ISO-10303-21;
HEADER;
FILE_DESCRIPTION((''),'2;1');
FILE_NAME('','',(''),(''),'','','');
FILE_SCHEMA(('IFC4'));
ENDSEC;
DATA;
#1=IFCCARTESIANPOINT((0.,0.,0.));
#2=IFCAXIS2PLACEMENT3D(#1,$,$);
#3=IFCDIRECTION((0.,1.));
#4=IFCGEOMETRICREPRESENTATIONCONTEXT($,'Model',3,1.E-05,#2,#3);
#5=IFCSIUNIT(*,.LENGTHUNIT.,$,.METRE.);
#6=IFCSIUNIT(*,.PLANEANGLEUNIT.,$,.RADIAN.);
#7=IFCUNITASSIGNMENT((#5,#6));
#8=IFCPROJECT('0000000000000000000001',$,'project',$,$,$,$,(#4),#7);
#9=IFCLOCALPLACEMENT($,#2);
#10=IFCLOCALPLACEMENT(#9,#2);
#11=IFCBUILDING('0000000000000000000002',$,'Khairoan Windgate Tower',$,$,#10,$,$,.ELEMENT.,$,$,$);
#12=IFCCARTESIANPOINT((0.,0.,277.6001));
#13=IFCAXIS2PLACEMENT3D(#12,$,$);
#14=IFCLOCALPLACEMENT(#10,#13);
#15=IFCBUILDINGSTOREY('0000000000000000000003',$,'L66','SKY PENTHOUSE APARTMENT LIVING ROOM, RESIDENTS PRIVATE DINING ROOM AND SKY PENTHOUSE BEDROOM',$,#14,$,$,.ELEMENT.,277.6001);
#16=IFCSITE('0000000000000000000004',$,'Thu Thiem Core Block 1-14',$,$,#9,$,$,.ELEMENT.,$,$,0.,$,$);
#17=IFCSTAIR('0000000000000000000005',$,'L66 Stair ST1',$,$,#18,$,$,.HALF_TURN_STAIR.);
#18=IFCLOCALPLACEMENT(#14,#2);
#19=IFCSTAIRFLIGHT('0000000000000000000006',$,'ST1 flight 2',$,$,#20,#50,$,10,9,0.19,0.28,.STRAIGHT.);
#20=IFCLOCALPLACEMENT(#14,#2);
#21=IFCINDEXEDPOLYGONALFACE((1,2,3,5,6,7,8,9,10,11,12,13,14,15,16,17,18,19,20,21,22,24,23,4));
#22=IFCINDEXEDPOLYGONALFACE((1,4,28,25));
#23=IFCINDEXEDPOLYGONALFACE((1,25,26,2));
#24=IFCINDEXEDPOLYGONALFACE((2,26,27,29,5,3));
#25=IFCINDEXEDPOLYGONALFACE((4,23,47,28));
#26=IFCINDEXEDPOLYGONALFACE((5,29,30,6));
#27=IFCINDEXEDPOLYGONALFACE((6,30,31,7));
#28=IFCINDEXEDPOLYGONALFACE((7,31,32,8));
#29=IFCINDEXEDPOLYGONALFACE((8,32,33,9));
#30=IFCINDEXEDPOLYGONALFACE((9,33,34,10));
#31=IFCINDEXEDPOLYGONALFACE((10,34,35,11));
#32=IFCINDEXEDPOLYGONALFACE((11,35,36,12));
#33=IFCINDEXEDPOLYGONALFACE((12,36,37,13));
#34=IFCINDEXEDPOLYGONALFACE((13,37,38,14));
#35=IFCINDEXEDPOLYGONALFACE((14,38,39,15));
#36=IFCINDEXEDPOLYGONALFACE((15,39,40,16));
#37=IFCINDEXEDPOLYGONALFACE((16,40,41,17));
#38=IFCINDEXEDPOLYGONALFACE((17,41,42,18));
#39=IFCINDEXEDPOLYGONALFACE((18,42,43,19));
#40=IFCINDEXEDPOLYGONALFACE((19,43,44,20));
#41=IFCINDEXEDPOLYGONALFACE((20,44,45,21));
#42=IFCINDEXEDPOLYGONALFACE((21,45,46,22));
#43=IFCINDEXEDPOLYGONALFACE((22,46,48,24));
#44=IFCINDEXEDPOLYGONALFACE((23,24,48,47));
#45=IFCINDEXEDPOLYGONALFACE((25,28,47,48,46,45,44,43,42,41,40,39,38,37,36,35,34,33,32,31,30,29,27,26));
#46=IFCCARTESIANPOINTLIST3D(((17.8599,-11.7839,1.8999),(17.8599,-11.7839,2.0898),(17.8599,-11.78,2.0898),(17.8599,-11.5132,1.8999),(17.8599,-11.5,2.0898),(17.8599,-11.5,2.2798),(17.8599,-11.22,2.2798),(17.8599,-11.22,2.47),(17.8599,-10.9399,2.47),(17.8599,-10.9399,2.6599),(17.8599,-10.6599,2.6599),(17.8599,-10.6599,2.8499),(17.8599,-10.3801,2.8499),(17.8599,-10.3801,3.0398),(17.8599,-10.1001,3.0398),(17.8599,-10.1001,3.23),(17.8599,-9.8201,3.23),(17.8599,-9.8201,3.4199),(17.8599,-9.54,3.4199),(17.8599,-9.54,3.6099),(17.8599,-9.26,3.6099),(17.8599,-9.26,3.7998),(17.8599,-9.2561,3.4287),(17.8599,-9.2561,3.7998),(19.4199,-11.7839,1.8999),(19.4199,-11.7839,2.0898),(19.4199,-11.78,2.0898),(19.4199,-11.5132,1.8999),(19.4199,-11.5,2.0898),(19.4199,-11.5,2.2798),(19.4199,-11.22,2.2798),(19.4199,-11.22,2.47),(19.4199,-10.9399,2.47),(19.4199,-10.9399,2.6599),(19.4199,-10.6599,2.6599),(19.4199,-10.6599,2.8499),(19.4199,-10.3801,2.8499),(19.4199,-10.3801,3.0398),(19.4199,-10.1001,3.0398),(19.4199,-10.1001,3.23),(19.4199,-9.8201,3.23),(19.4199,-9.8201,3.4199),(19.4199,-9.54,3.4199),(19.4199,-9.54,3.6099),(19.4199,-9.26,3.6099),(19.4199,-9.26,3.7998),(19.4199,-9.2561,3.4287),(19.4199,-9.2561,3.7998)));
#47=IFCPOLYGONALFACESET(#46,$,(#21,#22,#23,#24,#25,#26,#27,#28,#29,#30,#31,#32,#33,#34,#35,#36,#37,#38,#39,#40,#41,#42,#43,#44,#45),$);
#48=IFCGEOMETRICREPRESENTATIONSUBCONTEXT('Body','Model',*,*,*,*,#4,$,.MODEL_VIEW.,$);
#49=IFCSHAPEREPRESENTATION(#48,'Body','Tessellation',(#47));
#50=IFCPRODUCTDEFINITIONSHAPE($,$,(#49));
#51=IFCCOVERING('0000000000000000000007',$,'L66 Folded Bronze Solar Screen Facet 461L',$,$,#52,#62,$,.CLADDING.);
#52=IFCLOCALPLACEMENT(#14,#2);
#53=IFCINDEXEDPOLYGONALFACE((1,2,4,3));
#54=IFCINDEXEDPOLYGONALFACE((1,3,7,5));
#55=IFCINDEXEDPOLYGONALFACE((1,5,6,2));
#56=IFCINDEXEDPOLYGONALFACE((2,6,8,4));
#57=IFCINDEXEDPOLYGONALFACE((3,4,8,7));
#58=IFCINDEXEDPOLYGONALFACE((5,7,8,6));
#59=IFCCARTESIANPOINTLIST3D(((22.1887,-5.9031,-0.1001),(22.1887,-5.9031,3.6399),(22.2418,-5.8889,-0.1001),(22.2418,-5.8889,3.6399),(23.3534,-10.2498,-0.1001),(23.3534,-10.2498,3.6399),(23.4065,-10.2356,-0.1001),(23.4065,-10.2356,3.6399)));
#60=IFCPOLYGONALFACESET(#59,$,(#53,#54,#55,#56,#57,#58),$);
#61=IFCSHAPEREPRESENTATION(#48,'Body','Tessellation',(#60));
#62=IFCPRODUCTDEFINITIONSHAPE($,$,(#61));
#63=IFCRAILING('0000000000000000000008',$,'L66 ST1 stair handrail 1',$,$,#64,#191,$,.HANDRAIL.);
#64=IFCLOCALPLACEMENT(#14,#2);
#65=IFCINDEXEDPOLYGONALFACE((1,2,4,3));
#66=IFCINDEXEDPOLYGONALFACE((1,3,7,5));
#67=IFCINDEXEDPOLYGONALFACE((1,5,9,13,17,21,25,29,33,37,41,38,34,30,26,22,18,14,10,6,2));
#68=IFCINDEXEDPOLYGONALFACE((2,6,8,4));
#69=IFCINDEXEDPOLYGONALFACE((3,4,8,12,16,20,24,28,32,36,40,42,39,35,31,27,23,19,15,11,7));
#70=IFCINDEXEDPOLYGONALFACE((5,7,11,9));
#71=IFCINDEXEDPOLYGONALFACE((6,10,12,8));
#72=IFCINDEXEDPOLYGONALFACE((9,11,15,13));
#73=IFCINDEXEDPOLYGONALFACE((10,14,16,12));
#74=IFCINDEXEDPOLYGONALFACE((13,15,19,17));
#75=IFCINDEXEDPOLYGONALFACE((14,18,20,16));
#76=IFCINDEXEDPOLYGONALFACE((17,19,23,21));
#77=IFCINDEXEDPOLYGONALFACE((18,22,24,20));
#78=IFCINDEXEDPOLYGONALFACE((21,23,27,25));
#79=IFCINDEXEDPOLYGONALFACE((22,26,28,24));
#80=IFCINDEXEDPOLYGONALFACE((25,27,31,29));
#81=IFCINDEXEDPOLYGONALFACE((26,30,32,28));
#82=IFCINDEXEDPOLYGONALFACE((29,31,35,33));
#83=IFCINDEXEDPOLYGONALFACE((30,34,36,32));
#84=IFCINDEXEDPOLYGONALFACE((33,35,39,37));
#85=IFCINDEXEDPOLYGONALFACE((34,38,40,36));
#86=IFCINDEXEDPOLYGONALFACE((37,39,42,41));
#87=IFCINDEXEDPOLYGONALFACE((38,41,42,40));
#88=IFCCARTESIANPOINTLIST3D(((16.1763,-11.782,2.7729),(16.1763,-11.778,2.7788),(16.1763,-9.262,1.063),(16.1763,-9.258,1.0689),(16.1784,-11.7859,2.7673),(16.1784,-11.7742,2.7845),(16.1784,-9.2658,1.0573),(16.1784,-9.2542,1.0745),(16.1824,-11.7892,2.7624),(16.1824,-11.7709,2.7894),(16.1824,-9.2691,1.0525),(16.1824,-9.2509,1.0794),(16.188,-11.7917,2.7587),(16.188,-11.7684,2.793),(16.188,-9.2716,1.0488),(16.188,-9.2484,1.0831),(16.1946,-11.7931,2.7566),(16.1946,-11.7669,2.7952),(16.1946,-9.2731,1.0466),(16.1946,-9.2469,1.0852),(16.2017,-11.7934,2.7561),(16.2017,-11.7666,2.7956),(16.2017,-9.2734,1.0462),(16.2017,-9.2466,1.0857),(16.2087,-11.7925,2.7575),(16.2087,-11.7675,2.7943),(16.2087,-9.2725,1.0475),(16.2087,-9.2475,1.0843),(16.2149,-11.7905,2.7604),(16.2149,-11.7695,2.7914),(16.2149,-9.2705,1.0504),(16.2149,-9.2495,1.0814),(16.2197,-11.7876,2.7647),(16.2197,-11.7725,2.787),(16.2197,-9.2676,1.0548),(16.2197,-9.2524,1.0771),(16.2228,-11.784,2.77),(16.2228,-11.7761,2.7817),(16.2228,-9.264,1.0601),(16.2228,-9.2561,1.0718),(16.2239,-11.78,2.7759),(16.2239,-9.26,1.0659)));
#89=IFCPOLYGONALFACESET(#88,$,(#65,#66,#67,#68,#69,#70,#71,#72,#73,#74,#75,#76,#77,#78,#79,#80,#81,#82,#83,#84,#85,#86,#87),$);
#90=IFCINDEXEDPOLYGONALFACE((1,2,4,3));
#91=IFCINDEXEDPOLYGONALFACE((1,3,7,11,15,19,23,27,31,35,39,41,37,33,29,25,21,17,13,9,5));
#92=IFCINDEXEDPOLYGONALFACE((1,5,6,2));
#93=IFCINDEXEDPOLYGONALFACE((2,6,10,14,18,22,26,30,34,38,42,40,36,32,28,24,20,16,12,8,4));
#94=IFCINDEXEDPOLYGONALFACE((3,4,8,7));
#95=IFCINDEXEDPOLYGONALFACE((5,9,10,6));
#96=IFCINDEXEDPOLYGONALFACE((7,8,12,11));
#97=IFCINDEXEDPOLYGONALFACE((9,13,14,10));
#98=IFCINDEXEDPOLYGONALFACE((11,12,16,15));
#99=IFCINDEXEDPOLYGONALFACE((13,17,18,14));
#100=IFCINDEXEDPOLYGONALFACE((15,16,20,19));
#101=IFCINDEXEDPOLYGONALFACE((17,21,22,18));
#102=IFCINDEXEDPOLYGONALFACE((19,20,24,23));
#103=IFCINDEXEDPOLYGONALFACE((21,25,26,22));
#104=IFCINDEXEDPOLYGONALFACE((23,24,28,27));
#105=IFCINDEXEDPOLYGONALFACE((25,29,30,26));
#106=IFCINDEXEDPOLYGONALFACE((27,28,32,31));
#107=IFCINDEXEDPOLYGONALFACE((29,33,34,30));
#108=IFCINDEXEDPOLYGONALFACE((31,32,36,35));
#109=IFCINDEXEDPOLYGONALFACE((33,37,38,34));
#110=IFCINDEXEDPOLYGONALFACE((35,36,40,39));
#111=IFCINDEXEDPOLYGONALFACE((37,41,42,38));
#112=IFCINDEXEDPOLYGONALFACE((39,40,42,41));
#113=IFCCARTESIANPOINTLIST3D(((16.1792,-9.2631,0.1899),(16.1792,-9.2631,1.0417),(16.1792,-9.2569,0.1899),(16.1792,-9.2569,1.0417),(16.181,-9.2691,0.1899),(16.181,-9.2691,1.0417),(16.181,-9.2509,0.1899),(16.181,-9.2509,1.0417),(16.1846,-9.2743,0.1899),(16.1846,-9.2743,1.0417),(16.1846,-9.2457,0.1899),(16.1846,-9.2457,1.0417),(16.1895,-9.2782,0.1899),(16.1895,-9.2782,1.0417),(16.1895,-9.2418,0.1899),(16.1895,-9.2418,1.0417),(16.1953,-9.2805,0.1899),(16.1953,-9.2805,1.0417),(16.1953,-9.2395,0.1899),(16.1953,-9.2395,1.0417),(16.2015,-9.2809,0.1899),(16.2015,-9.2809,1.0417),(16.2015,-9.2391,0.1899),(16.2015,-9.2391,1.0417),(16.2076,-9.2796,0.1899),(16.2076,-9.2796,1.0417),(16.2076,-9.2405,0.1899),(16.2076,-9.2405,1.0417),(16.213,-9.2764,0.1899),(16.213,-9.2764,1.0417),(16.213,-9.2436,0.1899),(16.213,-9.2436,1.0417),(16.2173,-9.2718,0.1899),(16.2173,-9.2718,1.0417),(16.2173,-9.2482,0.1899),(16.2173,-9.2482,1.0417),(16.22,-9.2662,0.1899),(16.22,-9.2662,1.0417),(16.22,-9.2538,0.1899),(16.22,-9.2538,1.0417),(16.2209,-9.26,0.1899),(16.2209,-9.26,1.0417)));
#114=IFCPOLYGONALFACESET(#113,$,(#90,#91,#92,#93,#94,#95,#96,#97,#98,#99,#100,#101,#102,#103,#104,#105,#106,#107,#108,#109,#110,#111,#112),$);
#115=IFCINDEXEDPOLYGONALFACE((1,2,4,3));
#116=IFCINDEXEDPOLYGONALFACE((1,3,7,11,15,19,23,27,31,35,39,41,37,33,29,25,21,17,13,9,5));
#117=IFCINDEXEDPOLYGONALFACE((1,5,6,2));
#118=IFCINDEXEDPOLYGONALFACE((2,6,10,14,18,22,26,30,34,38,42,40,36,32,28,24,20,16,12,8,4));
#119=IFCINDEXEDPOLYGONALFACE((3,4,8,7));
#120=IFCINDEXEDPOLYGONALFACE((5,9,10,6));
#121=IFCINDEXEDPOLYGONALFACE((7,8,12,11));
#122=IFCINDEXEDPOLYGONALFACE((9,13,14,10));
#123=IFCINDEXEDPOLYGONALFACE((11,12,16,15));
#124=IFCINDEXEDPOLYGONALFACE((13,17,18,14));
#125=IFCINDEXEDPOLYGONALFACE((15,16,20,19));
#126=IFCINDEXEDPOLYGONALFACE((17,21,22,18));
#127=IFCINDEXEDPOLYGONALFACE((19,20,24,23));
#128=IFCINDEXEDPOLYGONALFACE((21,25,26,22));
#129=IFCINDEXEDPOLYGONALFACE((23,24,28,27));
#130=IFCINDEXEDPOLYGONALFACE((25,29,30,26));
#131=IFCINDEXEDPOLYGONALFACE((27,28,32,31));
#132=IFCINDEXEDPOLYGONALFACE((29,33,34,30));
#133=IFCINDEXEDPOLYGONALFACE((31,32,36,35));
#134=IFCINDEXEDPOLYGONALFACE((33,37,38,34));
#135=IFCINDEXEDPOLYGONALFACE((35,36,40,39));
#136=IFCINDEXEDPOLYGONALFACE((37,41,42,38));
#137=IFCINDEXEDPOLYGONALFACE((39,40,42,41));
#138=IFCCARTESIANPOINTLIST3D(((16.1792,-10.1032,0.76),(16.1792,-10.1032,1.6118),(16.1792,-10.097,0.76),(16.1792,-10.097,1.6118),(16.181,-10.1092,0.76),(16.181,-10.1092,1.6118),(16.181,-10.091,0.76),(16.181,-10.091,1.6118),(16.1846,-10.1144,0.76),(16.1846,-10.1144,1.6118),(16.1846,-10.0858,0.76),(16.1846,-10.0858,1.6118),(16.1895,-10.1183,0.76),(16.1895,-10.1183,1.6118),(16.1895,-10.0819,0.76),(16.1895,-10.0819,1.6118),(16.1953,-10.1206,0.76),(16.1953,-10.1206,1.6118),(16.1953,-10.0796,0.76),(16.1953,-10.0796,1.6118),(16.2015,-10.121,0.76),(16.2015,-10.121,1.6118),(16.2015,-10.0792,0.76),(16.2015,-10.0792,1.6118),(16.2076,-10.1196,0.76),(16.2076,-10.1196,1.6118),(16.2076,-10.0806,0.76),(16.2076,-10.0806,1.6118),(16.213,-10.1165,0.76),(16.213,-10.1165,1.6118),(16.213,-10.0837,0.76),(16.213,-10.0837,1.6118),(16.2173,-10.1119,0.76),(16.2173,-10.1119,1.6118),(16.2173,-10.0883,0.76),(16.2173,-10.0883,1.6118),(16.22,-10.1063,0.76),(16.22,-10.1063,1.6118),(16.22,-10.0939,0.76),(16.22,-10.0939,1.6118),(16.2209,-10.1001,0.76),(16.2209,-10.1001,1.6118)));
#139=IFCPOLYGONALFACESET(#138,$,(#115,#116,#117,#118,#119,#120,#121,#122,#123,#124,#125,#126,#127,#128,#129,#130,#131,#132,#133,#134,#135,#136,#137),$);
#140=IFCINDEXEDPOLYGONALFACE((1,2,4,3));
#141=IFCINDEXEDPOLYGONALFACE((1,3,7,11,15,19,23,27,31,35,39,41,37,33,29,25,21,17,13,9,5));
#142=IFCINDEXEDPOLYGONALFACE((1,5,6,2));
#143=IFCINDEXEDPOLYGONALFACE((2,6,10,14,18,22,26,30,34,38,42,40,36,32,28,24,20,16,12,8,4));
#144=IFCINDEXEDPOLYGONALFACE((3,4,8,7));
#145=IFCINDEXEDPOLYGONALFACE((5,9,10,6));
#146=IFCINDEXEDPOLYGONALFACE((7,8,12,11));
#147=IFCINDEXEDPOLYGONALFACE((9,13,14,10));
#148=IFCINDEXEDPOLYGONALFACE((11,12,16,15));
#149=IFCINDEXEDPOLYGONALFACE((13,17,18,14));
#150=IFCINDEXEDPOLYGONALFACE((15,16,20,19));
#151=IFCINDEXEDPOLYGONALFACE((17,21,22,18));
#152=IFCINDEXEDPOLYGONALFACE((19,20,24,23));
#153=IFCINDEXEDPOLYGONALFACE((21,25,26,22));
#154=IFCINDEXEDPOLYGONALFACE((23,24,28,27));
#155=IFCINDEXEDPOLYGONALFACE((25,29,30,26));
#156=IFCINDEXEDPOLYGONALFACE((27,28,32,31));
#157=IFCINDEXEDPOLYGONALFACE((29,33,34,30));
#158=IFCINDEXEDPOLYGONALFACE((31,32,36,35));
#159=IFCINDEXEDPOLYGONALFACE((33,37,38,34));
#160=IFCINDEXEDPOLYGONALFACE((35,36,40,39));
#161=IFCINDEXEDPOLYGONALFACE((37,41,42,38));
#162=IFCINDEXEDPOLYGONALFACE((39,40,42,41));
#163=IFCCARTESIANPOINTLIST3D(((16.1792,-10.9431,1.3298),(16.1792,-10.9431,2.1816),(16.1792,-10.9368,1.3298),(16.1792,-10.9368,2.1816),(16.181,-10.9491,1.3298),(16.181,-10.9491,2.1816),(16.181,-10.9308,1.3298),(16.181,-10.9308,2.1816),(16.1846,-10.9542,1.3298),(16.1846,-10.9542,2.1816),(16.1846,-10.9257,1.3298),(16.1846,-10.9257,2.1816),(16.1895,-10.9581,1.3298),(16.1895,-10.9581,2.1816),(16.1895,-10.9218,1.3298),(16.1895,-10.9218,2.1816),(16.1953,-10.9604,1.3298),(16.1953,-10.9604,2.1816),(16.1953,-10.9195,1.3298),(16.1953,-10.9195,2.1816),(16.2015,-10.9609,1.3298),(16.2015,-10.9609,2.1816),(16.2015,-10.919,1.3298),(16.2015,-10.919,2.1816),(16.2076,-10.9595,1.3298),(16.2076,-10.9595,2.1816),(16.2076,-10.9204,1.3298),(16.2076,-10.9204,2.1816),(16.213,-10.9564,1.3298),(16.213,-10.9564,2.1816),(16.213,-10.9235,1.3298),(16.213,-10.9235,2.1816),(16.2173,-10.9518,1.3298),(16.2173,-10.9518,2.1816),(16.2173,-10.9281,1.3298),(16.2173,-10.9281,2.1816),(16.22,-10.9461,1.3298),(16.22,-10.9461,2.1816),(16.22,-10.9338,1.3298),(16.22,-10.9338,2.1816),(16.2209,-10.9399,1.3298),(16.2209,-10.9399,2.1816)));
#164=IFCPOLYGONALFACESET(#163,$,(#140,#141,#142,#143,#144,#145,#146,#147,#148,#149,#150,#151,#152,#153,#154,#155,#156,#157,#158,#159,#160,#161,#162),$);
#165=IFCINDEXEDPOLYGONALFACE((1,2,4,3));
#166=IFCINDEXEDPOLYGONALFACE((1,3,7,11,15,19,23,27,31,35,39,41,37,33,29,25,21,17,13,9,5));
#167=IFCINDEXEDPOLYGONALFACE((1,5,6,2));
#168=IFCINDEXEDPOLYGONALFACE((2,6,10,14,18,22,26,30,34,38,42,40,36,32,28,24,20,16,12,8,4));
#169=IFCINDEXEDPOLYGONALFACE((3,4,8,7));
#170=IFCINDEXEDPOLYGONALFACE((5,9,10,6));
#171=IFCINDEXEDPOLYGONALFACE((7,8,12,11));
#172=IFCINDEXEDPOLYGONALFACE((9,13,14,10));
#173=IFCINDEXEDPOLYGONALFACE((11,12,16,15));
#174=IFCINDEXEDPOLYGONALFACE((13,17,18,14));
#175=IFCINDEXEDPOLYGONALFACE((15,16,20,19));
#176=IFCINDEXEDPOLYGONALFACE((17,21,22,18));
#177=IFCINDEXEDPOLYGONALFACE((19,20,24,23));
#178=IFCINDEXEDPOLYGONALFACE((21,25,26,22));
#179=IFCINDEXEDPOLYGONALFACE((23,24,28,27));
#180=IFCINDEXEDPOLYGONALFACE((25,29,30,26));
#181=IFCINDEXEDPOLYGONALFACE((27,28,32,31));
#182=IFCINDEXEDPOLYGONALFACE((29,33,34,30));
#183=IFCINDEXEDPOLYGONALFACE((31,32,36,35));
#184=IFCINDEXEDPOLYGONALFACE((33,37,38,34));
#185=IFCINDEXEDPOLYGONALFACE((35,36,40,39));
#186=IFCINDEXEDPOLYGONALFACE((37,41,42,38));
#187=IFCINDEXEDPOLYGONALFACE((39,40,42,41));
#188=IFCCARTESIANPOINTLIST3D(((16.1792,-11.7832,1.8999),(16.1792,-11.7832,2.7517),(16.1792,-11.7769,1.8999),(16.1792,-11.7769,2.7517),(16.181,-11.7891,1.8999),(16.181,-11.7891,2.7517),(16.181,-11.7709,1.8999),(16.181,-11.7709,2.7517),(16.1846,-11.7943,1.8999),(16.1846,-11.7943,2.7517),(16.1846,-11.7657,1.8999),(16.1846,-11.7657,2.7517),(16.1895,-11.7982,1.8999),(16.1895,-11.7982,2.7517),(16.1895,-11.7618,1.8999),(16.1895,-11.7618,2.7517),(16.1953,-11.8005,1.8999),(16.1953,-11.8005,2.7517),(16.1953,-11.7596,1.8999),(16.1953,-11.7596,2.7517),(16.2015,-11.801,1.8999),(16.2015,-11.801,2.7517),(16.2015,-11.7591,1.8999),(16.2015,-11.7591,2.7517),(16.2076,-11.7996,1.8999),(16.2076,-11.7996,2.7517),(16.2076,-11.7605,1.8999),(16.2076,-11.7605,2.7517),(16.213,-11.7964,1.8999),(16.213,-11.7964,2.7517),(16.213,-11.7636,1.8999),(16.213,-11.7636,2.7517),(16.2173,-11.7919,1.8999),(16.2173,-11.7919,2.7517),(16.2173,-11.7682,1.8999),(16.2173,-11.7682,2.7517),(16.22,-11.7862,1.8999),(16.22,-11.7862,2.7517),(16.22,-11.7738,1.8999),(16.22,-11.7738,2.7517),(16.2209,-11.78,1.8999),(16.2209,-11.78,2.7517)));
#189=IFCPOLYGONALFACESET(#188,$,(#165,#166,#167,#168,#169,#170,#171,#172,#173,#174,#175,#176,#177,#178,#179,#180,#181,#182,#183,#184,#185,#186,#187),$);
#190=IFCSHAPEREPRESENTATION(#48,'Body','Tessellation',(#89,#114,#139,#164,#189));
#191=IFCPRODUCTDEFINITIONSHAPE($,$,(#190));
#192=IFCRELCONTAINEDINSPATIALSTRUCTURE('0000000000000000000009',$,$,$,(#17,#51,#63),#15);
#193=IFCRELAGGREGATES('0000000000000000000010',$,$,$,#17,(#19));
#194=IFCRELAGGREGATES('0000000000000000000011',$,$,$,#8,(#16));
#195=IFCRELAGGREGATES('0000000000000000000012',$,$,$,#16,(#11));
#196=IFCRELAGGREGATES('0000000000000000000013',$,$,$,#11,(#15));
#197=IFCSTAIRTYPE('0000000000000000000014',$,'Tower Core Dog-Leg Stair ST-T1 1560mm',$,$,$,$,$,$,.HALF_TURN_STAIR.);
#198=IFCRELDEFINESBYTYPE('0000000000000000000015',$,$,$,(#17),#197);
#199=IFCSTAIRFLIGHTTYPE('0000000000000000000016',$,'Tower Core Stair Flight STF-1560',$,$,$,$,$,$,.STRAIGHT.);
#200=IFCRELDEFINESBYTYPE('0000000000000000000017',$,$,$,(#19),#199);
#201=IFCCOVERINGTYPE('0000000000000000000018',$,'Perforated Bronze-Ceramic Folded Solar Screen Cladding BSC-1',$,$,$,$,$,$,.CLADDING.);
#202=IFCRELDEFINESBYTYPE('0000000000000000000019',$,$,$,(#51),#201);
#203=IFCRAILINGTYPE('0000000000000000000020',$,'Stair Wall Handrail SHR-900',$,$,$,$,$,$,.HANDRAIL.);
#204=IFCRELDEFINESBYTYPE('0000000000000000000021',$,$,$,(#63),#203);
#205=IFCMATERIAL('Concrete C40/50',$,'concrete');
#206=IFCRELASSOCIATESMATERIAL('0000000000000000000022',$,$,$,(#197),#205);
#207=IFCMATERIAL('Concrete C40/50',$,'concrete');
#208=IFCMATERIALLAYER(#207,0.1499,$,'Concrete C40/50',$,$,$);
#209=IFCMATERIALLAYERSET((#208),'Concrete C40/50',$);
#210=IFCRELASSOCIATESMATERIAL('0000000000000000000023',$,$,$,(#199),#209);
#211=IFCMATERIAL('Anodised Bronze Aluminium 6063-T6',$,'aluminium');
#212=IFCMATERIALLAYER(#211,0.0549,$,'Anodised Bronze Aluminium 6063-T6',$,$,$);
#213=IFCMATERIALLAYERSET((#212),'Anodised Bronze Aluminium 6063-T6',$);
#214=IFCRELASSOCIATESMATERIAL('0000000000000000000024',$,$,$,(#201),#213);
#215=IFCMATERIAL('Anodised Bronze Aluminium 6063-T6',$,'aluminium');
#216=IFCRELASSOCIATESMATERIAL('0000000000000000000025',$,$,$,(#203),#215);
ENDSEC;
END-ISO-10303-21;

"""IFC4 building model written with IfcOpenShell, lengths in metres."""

from ifc_helpers import new_model, si_unit, direction, frame, origin, origin_2d, place, context, subcontext, project, spatial, polyline, rectangle, circle, outline, extrude, material, layer, layer_set, type_object, element, aggregate, save


model = new_model("IFC4")

# Units and contexts
model_context = context("Model", 3, precision=1e-05, world=origin(), true_north=direction((0.0, 1.0)))
body_context = subcontext(model_context, "Body", "Model", "MODEL_VIEW")
ifc_project = project(units=[si_unit("LENGTHUNIT", "METRE"), si_unit("PLANEANGLEUNIT", "RADIAN")], contexts=[model_context])

# Site, building, storey
site_placement = place(None, origin())
site = spatial("IfcSite", under=ifc_project, at=site_placement, Name="Thu Thiem Core Block 1-14", CompositionType="ELEMENT", RefElevation=0.0)
building_placement = place(site_placement, origin())
building = spatial("IfcBuilding", under=site, at=building_placement, Name="Khairoan Windgate Tower", CompositionType="ELEMENT")
storey_placement = place(building_placement, frame((0.0, 0.0, 277.6001)))
storey = spatial("IfcBuildingStorey", under=building, at=storey_placement, Name="L66", Description="SKY PENTHOUSE APARTMENT LIVING ROOM, RESIDENTS PRIVATE DINING ROOM AND SKY PENTHOUSE BEDROOM", CompositionType="ELEMENT", Elevation=277.6001)

# Stair, stair flight
ifc_material_1 = material(Name="Concrete C40/50", Category="concrete")
stair_type = type_object("IfcStairType", Name="Tower Core Dog-Leg Stair ST-T1 1560mm", PredefinedType="HALF_TURN_STAIR", material=ifc_material_1)
stair_placement = place(storey_placement, origin())
stair = element("IfcStair", 1, at=stair_placement, inside=storey, type_object=stair_type, Name="L66 Stair ST1", PredefinedType="HALF_TURN_STAIR")
ifc_material_2 = material(Name="Concrete C40/50", Category="concrete")
ifc_layer_1 = layer(ifc_material_2, 0.1499, Name="Concrete C40/50")
ifc_layer_set_1 = layer_set([ifc_layer_1], Name="Concrete C40/50")
stair_flight_type = type_object("IfcStairFlightType", Name="Tower Core Stair Flight STF-1560", PredefinedType="STRAIGHT", material=ifc_layer_set_1)
stair_flight_1_placement = place(storey_placement, frame((18.6399, -11.78, 1.8999), z_axis=(0.0, 0.0, 1.0), x_axis=(0.0, 1.0, 0.0)))
stair_flight_1 = element("IfcStairFlight", 2, at=stair_flight_1_placement, type_object=stair_flight_type, Name="ST1 flight 2", NumberOfRisers=10, NumberOfTreads=9, PredefinedType="STRAIGHT", RiserHeight=0.19, TreadLength=0.28, context=body_context, shape_type="SweptSolid", body=[
    extrude(outline(polyline([(-0.0039, 0.0), (-0.0039, 0.1899), (0.0, 0.1899), (0.28, 0.1899), (0.28, 0.3799), (0.5601, 0.3799), (0.5601, 0.5701), (0.8401, 0.5701), (0.8401, 0.76), (1.1201, 0.76), (1.1201, 0.95), (1.3999, 0.95), (1.3999, 1.1399), (1.6799, 1.1399), (1.6799, 1.3301), (1.96, 1.3301), (1.96, 1.52), (2.24, 1.52), (2.24, 1.71), (2.52, 1.71), (2.52, 1.8999), (2.5239, 1.8999), (2.5239, 1.5288), (0.2668, 0.0), (-0.0039, 0.0)])), frame((0.0, 0.78, 0.0), z_axis=(0.0, -1.0, 0.0), x_axis=(1.0, 0.0, 0.0)), (0.0, 0.0, 1.0), 1.5601),
])
aggregate(stair, [stair_flight_1])

# Covering
ifc_material_3 = material(Name="Anodised Bronze Aluminium 6063-T6", Category="aluminium")
ifc_layer_2 = layer(ifc_material_3, 0.0549, Name="Anodised Bronze Aluminium 6063-T6")
ifc_layer_set_2 = layer_set([ifc_layer_2], Name="Anodised Bronze Aluminium 6063-T6")
covering_type = type_object("IfcCoveringType", Name="Perforated Bronze-Ceramic Folded Solar Screen Cladding BSC-1", PredefinedType="CLADDING", material=ifc_layer_set_2)
covering_placement = place(storey_placement, frame((22.7976, -8.0693, -0.1001), z_axis=(0.0, 0.0, 1.0), x_axis=(0.258819, -0.965926, 0.0)))
element("IfcCovering", 3, at=covering_placement, inside=storey, type_object=covering_type, Name="L66 Folded Bronze Solar Screen Facet 461L", PredefinedType="CLADDING", context=body_context, shape_type="SweptSolid", body=[
    extrude(rectangle(XDim=4.5, YDim=0.0549, at=origin_2d()), origin(), (0.0, 0.0, 1.0), 3.74),
])

# Railing
ifc_material_4 = material(Name="Anodised Bronze Aluminium 6063-T6", Category="aluminium")
railing_type_1 = type_object("IfcRailingType", Name="Stair Wall Handrail SHR-900", PredefinedType="HANDRAIL", material=ifc_material_4)
railing_1_placement = place(storey_placement, frame((16.2, -9.26, 0.1899)))
element("IfcRailing", 4, at=railing_1_placement, inside=storey, type_object=railing_type_1, Name="L66 ST1 stair handrail 1", PredefinedType="HANDRAIL", context=body_context, shape_type="SweptSolid", body=[
    extrude(circle(Radius=0.0239, at=origin_2d()), frame((0.0, 0.0, 0.876), z_axis=(0.0, -0.827484, 0.56149), x_axis=(1.0, 0.0, 0.0)), (0.0, 0.0, 1.0), 3.0454),
    extrude(circle(Radius=0.021, at=origin_2d()), origin(), (0.0, 0.0, 1.0), 0.8518),
    extrude(circle(Radius=0.021, at=origin_2d()), frame((0.0, -0.8401, 0.5701)), (0.0, 0.0, 1.0), 0.8518),
    extrude(circle(Radius=0.021, at=origin_2d()), frame((0.0, -1.6799, 1.1399)), (0.0, 0.0, 1.0), 0.8518),
    extrude(circle(Radius=0.021, at=origin_2d()), frame((0.0, -2.52, 1.71)), (0.0, 0.0, 1.0), 0.8518),
])

save(model, "model.ifc")
